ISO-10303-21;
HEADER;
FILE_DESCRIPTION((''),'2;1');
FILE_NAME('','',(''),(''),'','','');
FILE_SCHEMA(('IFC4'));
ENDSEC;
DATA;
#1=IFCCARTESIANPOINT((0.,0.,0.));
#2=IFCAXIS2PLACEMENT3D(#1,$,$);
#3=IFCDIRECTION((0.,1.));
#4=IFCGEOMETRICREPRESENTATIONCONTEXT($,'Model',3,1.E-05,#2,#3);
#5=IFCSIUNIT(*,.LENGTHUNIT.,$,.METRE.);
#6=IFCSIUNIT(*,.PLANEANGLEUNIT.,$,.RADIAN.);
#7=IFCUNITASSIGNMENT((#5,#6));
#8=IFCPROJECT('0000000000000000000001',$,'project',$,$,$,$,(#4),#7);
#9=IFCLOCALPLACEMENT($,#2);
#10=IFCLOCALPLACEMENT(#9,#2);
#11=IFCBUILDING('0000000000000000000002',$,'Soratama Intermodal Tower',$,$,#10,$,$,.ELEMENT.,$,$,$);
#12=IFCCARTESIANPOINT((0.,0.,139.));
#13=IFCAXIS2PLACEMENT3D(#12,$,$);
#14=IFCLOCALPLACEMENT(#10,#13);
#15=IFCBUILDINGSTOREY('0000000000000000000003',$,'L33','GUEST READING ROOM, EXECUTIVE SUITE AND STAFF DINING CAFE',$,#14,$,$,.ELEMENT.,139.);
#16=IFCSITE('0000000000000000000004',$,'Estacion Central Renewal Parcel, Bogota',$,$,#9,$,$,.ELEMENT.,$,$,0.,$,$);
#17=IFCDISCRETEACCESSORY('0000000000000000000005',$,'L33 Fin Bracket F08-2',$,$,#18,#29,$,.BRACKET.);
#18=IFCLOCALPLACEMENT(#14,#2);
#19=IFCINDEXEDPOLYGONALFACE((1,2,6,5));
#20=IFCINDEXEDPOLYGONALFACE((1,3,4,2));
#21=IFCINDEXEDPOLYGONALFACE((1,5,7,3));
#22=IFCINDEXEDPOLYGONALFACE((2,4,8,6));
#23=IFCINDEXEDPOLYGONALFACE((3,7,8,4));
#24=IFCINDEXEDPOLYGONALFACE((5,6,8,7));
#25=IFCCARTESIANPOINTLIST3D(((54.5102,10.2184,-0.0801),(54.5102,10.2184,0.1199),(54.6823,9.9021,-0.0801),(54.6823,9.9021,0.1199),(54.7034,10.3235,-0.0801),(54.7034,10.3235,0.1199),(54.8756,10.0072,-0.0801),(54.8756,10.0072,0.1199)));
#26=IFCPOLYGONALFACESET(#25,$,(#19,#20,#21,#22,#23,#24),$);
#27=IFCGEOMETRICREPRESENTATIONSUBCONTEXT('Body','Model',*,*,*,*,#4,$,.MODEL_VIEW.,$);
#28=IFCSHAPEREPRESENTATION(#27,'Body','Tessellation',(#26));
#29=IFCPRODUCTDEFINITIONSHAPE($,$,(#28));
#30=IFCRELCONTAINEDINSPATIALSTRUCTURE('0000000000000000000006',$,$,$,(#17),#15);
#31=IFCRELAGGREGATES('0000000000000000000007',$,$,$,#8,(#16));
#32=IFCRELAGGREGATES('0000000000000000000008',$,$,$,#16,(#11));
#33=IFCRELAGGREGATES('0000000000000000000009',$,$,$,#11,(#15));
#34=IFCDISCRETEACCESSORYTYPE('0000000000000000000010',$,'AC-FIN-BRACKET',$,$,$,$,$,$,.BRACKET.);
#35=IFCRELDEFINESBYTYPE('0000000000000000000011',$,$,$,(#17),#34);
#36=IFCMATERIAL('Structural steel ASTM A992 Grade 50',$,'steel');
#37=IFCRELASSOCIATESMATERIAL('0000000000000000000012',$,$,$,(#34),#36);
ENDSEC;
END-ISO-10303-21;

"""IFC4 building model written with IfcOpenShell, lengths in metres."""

from ifc_helpers import new_model, si_unit, direction, frame, origin, origin_2d, place, context, subcontext, project, spatial, rectangle, extrude, material, type_object, element, save


model = new_model("IFC4")

# Units and contexts
model_context = context("Model", 3, precision=1e-05, world=origin(), true_north=direction((0.0, 1.0)))
body_context = subcontext(model_context, "Body", "Model", "MODEL_VIEW")
ifc_project = project(units=[si_unit("LENGTHUNIT", "METRE"), si_unit("PLANEANGLEUNIT", "RADIAN")], contexts=[model_context])

# Site, building, storey
site_placement = place(None, origin())
site = spatial("IfcSite", under=ifc_project, at=site_placement, Name="Estacion Central Renewal Parcel, Bogota", CompositionType="ELEMENT", RefElevation=0.0)
building_placement = place(site_placement, origin())
building = spatial("IfcBuilding", under=site, at=building_placement, Name="Soratama Intermodal Tower", CompositionType="ELEMENT")
storey_placement = place(building_placement, frame((0.0, 0.0, 139.0)))
storey = spatial("IfcBuildingStorey", under=building, at=storey_placement, Name="L33", Description="GUEST READING ROOM, EXECUTIVE SUITE AND STAFF DINING CAFE", CompositionType="ELEMENT", Elevation=139.0)

# Discrete accessory
ifc_material_1 = material(Name="Structural steel ASTM A992 Grade 50", Category="steel")
discrete_accessory_type = type_object("IfcDiscreteAccessoryType", Name="AC-FIN-BRACKET", PredefinedType="BRACKET", material=ifc_material_1)
discrete_accessory_placement = place(storey_placement, frame((54.6929, 10.1128, -0.0801), z_axis=(0.0, 0.0, 1.0), x_axis=(0.478079, -0.878317, 0.0)))
element("IfcDiscreteAccessory", 1, at=discrete_accessory_placement, inside=storey, type_object=discrete_accessory_type, Name="L33 Fin Bracket F08-2", PredefinedType="BRACKET", context=body_context, shape_type="SweptSolid", body=[
    extrude(rectangle(XDim=0.3601, YDim=0.22, at=origin_2d()), origin(), (0.0, 0.0, 1.0), 0.2),
])

save(model, "model.ifc")
